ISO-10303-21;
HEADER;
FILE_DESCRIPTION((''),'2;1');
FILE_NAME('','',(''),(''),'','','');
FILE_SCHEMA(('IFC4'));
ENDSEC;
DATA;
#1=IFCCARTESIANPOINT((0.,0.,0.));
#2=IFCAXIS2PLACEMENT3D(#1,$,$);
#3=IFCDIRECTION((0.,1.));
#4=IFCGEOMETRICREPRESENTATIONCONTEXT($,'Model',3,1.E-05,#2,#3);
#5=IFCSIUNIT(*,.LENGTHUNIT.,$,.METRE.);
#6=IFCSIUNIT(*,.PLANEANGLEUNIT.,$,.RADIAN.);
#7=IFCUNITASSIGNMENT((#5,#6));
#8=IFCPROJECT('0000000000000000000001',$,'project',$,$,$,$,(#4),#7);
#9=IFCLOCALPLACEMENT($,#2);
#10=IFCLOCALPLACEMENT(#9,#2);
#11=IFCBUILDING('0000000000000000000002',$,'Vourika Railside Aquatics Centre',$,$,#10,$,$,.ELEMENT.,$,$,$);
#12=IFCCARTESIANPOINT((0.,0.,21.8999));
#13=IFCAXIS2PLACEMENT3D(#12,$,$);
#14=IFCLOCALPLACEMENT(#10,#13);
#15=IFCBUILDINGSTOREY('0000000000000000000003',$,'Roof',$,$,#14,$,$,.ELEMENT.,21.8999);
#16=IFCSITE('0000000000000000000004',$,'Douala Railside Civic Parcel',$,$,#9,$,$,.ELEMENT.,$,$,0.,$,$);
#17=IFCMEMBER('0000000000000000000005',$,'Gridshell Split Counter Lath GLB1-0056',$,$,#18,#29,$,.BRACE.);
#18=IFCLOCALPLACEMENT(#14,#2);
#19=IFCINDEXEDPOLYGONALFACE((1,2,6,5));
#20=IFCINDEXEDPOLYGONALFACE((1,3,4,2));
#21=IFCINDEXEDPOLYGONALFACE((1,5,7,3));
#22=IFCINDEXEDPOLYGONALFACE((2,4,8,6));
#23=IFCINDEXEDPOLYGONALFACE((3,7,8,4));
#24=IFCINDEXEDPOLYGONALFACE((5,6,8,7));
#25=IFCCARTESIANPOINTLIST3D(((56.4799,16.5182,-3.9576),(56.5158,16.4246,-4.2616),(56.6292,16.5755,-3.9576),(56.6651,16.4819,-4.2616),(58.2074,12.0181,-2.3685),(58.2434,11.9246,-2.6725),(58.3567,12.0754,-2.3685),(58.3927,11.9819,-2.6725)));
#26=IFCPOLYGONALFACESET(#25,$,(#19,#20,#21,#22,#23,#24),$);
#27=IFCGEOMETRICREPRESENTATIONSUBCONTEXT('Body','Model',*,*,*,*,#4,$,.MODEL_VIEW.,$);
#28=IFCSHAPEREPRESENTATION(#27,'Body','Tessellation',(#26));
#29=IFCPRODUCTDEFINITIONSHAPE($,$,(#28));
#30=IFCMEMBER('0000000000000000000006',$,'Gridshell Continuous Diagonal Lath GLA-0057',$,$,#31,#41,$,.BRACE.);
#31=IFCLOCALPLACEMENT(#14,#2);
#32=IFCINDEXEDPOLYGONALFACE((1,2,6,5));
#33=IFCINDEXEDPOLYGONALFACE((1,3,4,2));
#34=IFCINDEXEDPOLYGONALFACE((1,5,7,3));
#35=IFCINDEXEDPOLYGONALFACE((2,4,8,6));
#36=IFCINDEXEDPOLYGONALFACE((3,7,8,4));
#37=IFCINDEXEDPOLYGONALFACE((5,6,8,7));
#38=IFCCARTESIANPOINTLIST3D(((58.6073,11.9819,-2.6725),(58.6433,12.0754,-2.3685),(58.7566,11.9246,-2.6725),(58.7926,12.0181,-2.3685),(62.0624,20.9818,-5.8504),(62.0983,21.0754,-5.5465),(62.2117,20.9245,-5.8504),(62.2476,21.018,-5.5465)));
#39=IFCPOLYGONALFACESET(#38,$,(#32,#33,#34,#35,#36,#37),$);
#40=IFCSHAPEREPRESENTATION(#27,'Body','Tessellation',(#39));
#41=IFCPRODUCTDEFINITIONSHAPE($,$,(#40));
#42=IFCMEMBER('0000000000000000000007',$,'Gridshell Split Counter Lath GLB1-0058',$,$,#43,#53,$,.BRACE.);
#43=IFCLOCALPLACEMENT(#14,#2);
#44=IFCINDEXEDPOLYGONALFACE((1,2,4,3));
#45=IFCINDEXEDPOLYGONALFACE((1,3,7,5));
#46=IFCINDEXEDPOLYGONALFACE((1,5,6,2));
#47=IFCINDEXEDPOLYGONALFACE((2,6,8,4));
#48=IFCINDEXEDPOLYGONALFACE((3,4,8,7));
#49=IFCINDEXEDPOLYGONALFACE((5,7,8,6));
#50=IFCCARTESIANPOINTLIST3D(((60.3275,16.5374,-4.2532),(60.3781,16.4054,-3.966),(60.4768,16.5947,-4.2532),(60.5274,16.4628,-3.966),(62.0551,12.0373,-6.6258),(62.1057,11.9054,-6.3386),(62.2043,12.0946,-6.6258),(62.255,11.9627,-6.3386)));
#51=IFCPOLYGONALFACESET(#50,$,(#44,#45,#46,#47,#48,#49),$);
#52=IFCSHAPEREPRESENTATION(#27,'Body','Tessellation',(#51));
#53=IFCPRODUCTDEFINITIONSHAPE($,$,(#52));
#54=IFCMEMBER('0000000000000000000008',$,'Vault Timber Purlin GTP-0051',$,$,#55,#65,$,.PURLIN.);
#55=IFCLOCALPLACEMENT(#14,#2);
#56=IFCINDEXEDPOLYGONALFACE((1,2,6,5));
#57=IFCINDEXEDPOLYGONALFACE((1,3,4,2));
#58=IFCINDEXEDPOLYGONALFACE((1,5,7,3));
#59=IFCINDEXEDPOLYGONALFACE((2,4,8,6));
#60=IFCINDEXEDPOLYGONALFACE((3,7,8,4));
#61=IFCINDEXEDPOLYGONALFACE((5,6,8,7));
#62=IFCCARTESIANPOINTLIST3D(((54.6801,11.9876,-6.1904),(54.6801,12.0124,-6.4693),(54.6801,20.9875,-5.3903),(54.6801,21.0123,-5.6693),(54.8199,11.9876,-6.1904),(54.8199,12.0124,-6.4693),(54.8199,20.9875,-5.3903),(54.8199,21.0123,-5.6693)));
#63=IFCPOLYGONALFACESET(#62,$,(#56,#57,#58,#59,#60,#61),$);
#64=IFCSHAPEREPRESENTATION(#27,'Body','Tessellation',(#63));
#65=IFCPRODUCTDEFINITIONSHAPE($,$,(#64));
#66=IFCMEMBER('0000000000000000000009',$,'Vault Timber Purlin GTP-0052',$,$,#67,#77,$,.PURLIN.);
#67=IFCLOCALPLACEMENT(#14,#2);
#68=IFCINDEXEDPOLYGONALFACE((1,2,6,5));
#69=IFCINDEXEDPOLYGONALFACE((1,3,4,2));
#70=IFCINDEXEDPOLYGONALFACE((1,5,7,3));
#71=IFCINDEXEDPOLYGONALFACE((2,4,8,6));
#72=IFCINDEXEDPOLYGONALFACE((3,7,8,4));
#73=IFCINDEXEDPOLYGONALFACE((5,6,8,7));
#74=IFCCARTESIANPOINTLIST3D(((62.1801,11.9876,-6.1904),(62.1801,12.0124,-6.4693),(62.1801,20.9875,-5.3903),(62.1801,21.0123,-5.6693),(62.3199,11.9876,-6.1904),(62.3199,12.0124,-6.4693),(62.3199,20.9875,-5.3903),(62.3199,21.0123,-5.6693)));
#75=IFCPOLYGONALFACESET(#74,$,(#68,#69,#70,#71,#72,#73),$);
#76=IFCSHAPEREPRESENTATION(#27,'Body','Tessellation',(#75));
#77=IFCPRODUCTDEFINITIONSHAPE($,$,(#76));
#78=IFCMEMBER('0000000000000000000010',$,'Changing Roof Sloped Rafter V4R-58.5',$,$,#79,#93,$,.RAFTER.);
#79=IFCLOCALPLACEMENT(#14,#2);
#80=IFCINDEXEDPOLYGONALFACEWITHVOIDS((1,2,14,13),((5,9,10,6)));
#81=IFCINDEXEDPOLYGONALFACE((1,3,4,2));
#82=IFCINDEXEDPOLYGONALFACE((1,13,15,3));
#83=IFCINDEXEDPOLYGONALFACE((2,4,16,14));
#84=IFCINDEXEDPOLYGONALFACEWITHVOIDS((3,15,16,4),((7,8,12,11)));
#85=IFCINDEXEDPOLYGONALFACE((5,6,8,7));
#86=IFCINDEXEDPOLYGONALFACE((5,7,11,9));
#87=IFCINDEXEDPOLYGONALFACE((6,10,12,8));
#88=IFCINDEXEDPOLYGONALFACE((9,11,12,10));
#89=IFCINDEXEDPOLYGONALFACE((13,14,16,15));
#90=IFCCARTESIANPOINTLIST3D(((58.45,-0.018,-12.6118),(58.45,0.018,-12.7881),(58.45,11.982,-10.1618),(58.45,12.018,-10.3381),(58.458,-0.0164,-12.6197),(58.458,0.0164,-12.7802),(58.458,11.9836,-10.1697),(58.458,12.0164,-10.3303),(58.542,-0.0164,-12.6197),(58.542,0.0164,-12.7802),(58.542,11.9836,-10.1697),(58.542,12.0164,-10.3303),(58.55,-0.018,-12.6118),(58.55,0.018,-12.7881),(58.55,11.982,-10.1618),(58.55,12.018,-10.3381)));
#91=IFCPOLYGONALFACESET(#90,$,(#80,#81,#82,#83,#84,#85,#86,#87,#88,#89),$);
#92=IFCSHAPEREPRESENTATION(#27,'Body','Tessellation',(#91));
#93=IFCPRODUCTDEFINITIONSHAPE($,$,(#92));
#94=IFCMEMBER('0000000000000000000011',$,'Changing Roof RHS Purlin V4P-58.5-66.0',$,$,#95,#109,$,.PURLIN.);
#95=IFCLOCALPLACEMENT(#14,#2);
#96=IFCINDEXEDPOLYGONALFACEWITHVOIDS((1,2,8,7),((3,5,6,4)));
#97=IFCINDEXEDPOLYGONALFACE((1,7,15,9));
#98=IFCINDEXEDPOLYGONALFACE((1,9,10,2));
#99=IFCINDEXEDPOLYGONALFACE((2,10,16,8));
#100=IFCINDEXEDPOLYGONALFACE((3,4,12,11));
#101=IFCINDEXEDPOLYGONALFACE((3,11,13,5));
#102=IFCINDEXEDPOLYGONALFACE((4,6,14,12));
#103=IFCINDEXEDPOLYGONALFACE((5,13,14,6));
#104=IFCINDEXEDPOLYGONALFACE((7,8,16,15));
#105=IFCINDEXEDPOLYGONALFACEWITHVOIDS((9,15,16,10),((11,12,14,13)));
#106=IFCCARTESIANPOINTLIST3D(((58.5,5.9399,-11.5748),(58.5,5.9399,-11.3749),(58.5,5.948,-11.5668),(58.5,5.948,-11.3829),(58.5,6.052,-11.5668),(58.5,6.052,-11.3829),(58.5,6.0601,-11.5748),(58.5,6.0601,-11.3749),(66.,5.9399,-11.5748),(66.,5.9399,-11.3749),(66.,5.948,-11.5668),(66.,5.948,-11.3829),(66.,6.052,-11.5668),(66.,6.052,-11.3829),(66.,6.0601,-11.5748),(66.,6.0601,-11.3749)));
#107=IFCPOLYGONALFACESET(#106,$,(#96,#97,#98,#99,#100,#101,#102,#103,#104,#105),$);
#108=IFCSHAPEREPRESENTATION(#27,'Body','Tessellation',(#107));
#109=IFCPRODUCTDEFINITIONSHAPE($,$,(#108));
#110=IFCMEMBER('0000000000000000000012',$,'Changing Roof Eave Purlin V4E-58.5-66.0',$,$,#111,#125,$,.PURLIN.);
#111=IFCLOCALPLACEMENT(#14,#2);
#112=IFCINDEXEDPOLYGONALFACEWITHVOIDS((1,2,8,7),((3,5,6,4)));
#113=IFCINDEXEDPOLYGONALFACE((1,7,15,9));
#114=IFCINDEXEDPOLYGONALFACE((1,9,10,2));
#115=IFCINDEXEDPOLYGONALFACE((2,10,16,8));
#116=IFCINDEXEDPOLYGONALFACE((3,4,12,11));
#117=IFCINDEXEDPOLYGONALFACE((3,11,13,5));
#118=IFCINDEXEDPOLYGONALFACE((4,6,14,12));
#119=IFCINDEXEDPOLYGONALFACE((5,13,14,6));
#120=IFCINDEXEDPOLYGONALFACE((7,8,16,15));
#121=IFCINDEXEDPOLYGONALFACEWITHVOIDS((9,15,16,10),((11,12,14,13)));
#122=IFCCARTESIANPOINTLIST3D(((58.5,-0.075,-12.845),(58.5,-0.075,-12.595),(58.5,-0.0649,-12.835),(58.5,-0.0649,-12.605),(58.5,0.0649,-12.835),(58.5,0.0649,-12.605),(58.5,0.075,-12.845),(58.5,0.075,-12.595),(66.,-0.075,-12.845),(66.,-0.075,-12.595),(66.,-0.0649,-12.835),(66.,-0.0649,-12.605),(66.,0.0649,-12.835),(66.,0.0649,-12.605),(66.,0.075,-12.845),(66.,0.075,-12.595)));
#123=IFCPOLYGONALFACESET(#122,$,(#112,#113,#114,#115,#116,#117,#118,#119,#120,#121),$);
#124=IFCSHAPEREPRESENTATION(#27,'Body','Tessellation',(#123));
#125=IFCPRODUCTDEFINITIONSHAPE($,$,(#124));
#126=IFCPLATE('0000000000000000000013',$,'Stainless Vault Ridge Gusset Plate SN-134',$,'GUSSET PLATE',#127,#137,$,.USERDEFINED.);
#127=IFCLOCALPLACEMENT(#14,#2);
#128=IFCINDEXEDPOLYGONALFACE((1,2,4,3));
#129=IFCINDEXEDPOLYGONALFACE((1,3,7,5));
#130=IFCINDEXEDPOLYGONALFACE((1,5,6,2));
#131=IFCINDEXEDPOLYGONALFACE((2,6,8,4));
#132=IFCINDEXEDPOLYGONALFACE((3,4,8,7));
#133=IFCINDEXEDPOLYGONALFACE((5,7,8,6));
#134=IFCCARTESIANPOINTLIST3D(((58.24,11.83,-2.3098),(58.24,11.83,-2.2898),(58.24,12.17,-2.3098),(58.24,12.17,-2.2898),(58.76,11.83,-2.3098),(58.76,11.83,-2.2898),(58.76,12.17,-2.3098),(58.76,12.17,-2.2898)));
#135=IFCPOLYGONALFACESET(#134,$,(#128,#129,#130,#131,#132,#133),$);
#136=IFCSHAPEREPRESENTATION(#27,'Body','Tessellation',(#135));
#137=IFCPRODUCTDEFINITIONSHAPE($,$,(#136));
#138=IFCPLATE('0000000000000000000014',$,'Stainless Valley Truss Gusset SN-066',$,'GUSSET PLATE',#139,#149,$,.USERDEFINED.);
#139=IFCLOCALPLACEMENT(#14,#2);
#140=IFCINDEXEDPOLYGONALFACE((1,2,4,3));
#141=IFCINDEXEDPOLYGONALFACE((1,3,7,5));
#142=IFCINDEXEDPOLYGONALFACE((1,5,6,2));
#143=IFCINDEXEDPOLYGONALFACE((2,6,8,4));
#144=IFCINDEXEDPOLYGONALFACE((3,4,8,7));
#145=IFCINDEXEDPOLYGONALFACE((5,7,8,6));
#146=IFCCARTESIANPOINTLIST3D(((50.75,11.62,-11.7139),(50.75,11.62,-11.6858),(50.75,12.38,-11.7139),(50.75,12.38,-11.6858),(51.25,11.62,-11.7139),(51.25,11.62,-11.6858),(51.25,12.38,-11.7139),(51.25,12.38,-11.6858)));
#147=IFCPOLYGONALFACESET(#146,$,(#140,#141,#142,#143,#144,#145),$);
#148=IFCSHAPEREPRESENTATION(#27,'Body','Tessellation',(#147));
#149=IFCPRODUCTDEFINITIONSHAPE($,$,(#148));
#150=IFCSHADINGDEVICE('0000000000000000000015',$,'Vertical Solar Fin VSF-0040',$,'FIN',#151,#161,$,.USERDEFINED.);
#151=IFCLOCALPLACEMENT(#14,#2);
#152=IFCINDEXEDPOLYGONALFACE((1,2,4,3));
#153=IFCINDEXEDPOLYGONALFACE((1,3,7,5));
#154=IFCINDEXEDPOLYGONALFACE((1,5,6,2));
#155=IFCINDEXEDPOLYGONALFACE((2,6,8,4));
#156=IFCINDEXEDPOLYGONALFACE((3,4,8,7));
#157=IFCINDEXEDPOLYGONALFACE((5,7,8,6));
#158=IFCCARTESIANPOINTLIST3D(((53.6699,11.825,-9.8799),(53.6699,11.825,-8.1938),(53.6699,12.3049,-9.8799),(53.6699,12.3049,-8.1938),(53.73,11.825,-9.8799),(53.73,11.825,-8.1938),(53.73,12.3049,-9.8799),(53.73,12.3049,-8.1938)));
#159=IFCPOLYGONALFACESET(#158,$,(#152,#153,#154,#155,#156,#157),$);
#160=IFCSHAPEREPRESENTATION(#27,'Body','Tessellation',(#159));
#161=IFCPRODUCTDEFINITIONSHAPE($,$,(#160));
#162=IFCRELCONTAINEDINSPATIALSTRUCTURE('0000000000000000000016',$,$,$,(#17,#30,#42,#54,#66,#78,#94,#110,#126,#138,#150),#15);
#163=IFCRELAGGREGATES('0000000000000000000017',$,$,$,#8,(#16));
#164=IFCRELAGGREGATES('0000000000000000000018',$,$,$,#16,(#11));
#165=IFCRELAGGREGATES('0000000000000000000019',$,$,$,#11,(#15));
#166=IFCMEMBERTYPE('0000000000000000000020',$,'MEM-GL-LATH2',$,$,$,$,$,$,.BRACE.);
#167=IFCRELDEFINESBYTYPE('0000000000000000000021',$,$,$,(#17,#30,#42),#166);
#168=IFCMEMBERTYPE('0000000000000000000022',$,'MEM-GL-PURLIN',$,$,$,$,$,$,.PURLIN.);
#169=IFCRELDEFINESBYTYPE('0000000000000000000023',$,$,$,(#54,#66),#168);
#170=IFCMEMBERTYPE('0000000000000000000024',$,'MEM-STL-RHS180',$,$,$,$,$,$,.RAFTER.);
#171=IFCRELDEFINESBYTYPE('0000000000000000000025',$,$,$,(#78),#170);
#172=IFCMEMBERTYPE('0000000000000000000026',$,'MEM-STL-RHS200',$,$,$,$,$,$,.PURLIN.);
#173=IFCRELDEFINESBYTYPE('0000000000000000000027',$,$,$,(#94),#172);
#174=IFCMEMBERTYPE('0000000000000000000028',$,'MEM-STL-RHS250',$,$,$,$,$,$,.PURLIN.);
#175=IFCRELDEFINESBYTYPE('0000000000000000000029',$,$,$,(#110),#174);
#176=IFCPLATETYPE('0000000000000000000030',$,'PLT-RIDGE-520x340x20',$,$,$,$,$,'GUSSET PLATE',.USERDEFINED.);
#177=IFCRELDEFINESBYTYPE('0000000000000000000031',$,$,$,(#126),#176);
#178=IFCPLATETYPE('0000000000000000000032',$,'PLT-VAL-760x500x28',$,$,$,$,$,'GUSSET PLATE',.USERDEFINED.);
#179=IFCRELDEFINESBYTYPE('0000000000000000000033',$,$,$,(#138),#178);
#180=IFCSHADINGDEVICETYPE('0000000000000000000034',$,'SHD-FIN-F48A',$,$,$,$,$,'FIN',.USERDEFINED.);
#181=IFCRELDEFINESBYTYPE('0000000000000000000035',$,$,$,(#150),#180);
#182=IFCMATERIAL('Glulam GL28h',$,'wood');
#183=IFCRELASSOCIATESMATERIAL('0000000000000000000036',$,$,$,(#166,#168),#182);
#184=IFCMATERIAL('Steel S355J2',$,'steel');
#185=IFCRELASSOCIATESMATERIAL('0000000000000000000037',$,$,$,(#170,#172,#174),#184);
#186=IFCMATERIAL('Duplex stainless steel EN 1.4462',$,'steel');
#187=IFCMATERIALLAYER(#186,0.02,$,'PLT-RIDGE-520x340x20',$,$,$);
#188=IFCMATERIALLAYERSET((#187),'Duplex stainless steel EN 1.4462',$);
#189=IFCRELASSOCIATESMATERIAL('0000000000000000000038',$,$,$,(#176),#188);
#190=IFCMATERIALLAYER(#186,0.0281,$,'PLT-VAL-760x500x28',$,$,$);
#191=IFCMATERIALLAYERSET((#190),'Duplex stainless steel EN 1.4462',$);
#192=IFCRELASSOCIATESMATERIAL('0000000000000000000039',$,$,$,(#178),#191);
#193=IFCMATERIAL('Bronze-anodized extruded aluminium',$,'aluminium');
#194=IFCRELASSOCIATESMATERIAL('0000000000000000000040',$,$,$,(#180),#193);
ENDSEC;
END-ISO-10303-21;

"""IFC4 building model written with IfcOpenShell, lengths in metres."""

from ifc_helpers import new_model, si_unit, direction, frame, origin, origin_2d, place, context, subcontext, project, spatial, rectangle, hollow_rectangle, extrude, material, layer, layer_set, material_profile, profile_set, type_object, element, save


model = new_model("IFC4")

# Units and contexts
model_context = context("Model", 3, precision=1e-05, world=origin(), true_north=direction((0.0, 1.0)))
body_context = subcontext(model_context, "Body", "Model", "MODEL_VIEW")
ifc_project = project(units=[si_unit("LENGTHUNIT", "METRE"), si_unit("PLANEANGLEUNIT", "RADIAN")], contexts=[model_context])

# Site, building, storey
site_placement = place(None, origin())
site = spatial("IfcSite", under=ifc_project, at=site_placement, Name="Douala Railside Civic Parcel", CompositionType="ELEMENT", RefElevation=0.0)
building_placement = place(site_placement, origin())
building = spatial("IfcBuilding", under=site, at=building_placement, Name="Vourika Railside Aquatics Centre", CompositionType="ELEMENT")
storey_placement = place(building_placement, frame((0.0, 0.0, 21.8999)))
storey = spatial("IfcBuildingStorey", under=building, at=storey_placement, Name="Roof", CompositionType="ELEMENT", Elevation=21.8999)

# Shared definitions
ifc_material_1 = material(Name="Steel S355J2", Category="steel")

# Members
ifc_material_2 = material(Name="Glulam GL28h", Category="wood")
ifc_material_profile_1 = material_profile(ifc_material_2, rectangle(XDim=0.1599, YDim=0.3201, at=origin_2d()), Name="GL28h 160x320")
ifc_profile_set_1 = profile_set([ifc_material_profile_1], Name="Glulam GL28h")
member_type_1 = type_object("IfcMemberType", Name="MEM-GL-LATH2", PredefinedType="BRACE", material=ifc_profile_set_1)
member_1_placement = place(storey_placement, frame((58.3, 12.0, -2.5205), z_axis=(-0.340375, 0.88663, -0.313101), x_axis=(-0.93357, -0.358395, 0.0)))
element("IfcMember", 1, at=member_1_placement, inside=storey, type_object=member_type_1, Name="Gridshell Split Counter Lath GLB1-0056", PredefinedType="BRACE", context=body_context, shape_type="SweptSolid", body=[
    extrude(rectangle(XDim=0.1599, YDim=0.3201, at=origin_2d()), origin(), (0.0, 0.0, 1.0), 5.0754),
])
member_2_placement = place(storey_placement, frame((58.7, 12.0, -2.5205), z_axis=(0.340378, 0.886637, -0.313079), x_axis=(-0.93357, 0.358395, 0.0)))
element("IfcMember", 2, at=member_2_placement, inside=storey, type_object=member_type_1, Name="Gridshell Continuous Diagonal Lath GLA-0057", PredefinedType="BRACE", context=body_context, shape_type="SweptSolid", body=[
    extrude(rectangle(XDim=0.1599, YDim=0.3201, at=origin_2d()), origin(), (0.0, 0.0, 1.0), 10.1506),
])
member_3_placement = place(storey_placement, frame((62.155, 12.0, -6.4822), z_axis=(-0.321554, 0.837604, 0.441614), x_axis=(-0.93357, -0.358395, 0.0)))
element("IfcMember", 3, at=member_3_placement, inside=storey, type_object=member_type_1, Name="Gridshell Split Counter Lath GLB1-0058", PredefinedType="BRACE", context=body_context, shape_type="SweptSolid", body=[
    extrude(rectangle(XDim=0.1599, YDim=0.3201, at=origin_2d()), origin(), (0.0, 0.0, 1.0), 5.3726),
])
ifc_material_profile_2 = material_profile(ifc_material_2, rectangle(XDim=0.1399, YDim=0.28, at=origin_2d()), Name="GL28h 140x280")
ifc_profile_set_2 = profile_set([ifc_material_profile_2], Name="Glulam GL28h")
member_type_2 = type_object("IfcMemberType", Name="MEM-GL-PURLIN", PredefinedType="PURLIN", material=ifc_profile_set_2)
for number, where, z_axis, x_axis, name in (
    (4, (54.75, 12.0, -6.3298), (0.0, 0.996072, 0.088545), (-1.0, 0.0, 0.0), "Vault Timber Purlin GTP-0051"),
    (5, (62.25, 12.0, -6.3298), (0.0, 0.996072, 0.088545), (-1.0, 0.0, 0.0), "Vault Timber Purlin GTP-0052"),
):
    element("IfcMember", number, at=place(storey_placement, frame(where, z_axis=z_axis, x_axis=x_axis)), inside=storey, type_object=member_type_2, Name=name, PredefinedType="PURLIN", context=body_context, shape_type="SweptSolid", body=[
        extrude(rectangle(XDim=0.1399, YDim=0.28, at=origin_2d()), origin(), (0.0, 0.0, 1.0), 9.0354),
    ])
ifc_material_profile_3 = material_profile(ifc_material_1, hollow_rectangle(XDim=0.1001, YDim=0.1799, WallThickness=0.0081, at=origin_2d()), Name="RHS 180x100x8")
ifc_profile_set_3 = profile_set([ifc_material_profile_3], Name="Steel S355J2")
member_type_3 = type_object("IfcMemberType", Name="MEM-STL-RHS180", PredefinedType="RAFTER", material=ifc_profile_set_3)
member_4_placement = place(storey_placement, frame((58.5, 0.0, -12.7), z_axis=(0.0, 0.979789, 0.200036), x_axis=(-1.0, 0.0, 0.0)))
element("IfcMember", 6, at=member_4_placement, inside=storey, type_object=member_type_3, Name="Changing Roof Sloped Rafter V4R-58.5", PredefinedType="RAFTER", context=body_context, shape_type="SweptSolid", body=[
    extrude(hollow_rectangle(XDim=0.1001, YDim=0.1799, WallThickness=0.0081, at=origin_2d()), origin(), (0.0, 0.0, 1.0), 12.2476),
])
ifc_material_profile_4 = material_profile(ifc_material_1, hollow_rectangle(XDim=0.1201, YDim=0.2, WallThickness=0.0081, at=origin_2d()), Name="RHS 200x120x8")
ifc_profile_set_4 = profile_set([ifc_material_profile_4], Name="Steel S355J2")
member_type_4 = type_object("IfcMemberType", Name="MEM-STL-RHS200", PredefinedType="PURLIN", material=ifc_profile_set_4)
member_5_placement = place(storey_placement, frame((58.5, 6.0, -11.4749), z_axis=(1.0, 0.0, 0.0), x_axis=(0.0, 1.0, 0.0)))
element("IfcMember", 7, at=member_5_placement, inside=storey, type_object=member_type_4, Name="Changing Roof RHS Purlin V4P-58.5-66.0", PredefinedType="PURLIN", context=body_context, shape_type="SweptSolid", body=[
    extrude(hollow_rectangle(XDim=0.1201, YDim=0.2, WallThickness=0.0081, at=origin_2d()), origin(), (0.0, 0.0, 1.0), 7.5),
])
ifc_material_profile_5 = material_profile(ifc_material_1, hollow_rectangle(XDim=0.1499, YDim=0.25, WallThickness=0.01, at=origin_2d()), Name="RHS 250x150x10")
ifc_profile_set_5 = profile_set([ifc_material_profile_5], Name="Steel S355J2")
member_type_5 = type_object("IfcMemberType", Name="MEM-STL-RHS250", PredefinedType="PURLIN", material=ifc_profile_set_5)
member_6_placement = place(storey_placement, frame((58.5, 0.0, -12.72), z_axis=(1.0, 0.0, 0.0), x_axis=(0.0, 1.0, 0.0)))
element("IfcMember", 8, at=member_6_placement, inside=storey, type_object=member_type_5, Name="Changing Roof Eave Purlin V4E-58.5-66.0", PredefinedType="PURLIN", context=body_context, shape_type="SweptSolid", body=[
    extrude(hollow_rectangle(XDim=0.1499, YDim=0.25, WallThickness=0.01, at=origin_2d()), origin(), (0.0, 0.0, 1.0), 7.5),
])

# Plates
ifc_material_3 = material(Name="Duplex stainless steel EN 1.4462", Category="steel")
ifc_layer_1 = layer(ifc_material_3, 0.02, Name="PLT-RIDGE-520x340x20")
ifc_layer_set_1 = layer_set([ifc_layer_1], Name="Duplex stainless steel EN 1.4462")
plate_type_1 = type_object("IfcPlateType", Name="PLT-RIDGE-520x340x20", ElementType="GUSSET PLATE", PredefinedType="USERDEFINED", material=ifc_layer_set_1)
plate_1_placement = place(storey_placement, frame((58.5, 12.0, -2.3098), z_axis=(0.0, 0.0, 1.0), x_axis=(1.0, 0.0, 0.0)))
element("IfcPlate", 9, at=plate_1_placement, inside=storey, type_object=plate_type_1, Name="Stainless Vault Ridge Gusset Plate SN-134", ObjectType="GUSSET PLATE", PredefinedType="USERDEFINED", context=body_context, shape_type="SweptSolid", body=[
    extrude(rectangle(XDim=0.52, YDim=0.3401, at=origin_2d()), origin(), (0.0, 0.0, 1.0), 0.02),
])
ifc_layer_2 = layer(ifc_material_3, 0.0281, Name="PLT-VAL-760x500x28")
ifc_layer_set_2 = layer_set([ifc_layer_2], Name="Duplex stainless steel EN 1.4462")
plate_type_2 = type_object("IfcPlateType", Name="PLT-VAL-760x500x28", ElementType="GUSSET PLATE", PredefinedType="USERDEFINED", material=ifc_layer_set_2)
plate_2_placement = place(storey_placement, frame((51.0, 12.0, -11.7139), z_axis=(0.0, 0.0, 1.0), x_axis=(0.0, 1.0, 0.0)))
element("IfcPlate", 10, at=plate_2_placement, inside=storey, type_object=plate_type_2, Name="Stainless Valley Truss Gusset SN-066", ObjectType="GUSSET PLATE", PredefinedType="USERDEFINED", context=body_context, shape_type="SweptSolid", body=[
    extrude(rectangle(XDim=0.76, YDim=0.5, at=origin_2d()), origin(), (0.0, 0.0, 1.0), 0.0281),
])

# Shading device
ifc_material_4 = material(Name="Bronze-anodized extruded aluminium", Category="aluminium")
ifc_material_profile_6 = material_profile(ifc_material_4, rectangle(XDim=0.0601, YDim=0.48, at=origin_2d()), Name="ALU-FIN 60x480")
ifc_profile_set_6 = profile_set([ifc_material_profile_6], Name="Bronze-anodized extruded aluminium")
shading_device_type = type_object("IfcShadingDeviceType", Name="SHD-FIN-F48A", ElementType="FIN", PredefinedType="USERDEFINED", material=ifc_profile_set_6)
shading_device_placement = place(storey_placement, frame((53.7, 12.0649, -9.8799), z_axis=(0.0, 0.0, 1.0), x_axis=(-1.0, 0.0, 0.0)))
element("IfcShadingDevice", 11, at=shading_device_placement, inside=storey, type_object=shading_device_type, Name="Vertical Solar Fin VSF-0040", ObjectType="FIN", PredefinedType="USERDEFINED", context=body_context, shape_type="SweptSolid", body=[
    extrude(rectangle(XDim=0.0601, YDim=0.48, at=origin_2d()), origin(), (0.0, 0.0, 1.0), 1.686),
])

save(model, "model.ifc")
